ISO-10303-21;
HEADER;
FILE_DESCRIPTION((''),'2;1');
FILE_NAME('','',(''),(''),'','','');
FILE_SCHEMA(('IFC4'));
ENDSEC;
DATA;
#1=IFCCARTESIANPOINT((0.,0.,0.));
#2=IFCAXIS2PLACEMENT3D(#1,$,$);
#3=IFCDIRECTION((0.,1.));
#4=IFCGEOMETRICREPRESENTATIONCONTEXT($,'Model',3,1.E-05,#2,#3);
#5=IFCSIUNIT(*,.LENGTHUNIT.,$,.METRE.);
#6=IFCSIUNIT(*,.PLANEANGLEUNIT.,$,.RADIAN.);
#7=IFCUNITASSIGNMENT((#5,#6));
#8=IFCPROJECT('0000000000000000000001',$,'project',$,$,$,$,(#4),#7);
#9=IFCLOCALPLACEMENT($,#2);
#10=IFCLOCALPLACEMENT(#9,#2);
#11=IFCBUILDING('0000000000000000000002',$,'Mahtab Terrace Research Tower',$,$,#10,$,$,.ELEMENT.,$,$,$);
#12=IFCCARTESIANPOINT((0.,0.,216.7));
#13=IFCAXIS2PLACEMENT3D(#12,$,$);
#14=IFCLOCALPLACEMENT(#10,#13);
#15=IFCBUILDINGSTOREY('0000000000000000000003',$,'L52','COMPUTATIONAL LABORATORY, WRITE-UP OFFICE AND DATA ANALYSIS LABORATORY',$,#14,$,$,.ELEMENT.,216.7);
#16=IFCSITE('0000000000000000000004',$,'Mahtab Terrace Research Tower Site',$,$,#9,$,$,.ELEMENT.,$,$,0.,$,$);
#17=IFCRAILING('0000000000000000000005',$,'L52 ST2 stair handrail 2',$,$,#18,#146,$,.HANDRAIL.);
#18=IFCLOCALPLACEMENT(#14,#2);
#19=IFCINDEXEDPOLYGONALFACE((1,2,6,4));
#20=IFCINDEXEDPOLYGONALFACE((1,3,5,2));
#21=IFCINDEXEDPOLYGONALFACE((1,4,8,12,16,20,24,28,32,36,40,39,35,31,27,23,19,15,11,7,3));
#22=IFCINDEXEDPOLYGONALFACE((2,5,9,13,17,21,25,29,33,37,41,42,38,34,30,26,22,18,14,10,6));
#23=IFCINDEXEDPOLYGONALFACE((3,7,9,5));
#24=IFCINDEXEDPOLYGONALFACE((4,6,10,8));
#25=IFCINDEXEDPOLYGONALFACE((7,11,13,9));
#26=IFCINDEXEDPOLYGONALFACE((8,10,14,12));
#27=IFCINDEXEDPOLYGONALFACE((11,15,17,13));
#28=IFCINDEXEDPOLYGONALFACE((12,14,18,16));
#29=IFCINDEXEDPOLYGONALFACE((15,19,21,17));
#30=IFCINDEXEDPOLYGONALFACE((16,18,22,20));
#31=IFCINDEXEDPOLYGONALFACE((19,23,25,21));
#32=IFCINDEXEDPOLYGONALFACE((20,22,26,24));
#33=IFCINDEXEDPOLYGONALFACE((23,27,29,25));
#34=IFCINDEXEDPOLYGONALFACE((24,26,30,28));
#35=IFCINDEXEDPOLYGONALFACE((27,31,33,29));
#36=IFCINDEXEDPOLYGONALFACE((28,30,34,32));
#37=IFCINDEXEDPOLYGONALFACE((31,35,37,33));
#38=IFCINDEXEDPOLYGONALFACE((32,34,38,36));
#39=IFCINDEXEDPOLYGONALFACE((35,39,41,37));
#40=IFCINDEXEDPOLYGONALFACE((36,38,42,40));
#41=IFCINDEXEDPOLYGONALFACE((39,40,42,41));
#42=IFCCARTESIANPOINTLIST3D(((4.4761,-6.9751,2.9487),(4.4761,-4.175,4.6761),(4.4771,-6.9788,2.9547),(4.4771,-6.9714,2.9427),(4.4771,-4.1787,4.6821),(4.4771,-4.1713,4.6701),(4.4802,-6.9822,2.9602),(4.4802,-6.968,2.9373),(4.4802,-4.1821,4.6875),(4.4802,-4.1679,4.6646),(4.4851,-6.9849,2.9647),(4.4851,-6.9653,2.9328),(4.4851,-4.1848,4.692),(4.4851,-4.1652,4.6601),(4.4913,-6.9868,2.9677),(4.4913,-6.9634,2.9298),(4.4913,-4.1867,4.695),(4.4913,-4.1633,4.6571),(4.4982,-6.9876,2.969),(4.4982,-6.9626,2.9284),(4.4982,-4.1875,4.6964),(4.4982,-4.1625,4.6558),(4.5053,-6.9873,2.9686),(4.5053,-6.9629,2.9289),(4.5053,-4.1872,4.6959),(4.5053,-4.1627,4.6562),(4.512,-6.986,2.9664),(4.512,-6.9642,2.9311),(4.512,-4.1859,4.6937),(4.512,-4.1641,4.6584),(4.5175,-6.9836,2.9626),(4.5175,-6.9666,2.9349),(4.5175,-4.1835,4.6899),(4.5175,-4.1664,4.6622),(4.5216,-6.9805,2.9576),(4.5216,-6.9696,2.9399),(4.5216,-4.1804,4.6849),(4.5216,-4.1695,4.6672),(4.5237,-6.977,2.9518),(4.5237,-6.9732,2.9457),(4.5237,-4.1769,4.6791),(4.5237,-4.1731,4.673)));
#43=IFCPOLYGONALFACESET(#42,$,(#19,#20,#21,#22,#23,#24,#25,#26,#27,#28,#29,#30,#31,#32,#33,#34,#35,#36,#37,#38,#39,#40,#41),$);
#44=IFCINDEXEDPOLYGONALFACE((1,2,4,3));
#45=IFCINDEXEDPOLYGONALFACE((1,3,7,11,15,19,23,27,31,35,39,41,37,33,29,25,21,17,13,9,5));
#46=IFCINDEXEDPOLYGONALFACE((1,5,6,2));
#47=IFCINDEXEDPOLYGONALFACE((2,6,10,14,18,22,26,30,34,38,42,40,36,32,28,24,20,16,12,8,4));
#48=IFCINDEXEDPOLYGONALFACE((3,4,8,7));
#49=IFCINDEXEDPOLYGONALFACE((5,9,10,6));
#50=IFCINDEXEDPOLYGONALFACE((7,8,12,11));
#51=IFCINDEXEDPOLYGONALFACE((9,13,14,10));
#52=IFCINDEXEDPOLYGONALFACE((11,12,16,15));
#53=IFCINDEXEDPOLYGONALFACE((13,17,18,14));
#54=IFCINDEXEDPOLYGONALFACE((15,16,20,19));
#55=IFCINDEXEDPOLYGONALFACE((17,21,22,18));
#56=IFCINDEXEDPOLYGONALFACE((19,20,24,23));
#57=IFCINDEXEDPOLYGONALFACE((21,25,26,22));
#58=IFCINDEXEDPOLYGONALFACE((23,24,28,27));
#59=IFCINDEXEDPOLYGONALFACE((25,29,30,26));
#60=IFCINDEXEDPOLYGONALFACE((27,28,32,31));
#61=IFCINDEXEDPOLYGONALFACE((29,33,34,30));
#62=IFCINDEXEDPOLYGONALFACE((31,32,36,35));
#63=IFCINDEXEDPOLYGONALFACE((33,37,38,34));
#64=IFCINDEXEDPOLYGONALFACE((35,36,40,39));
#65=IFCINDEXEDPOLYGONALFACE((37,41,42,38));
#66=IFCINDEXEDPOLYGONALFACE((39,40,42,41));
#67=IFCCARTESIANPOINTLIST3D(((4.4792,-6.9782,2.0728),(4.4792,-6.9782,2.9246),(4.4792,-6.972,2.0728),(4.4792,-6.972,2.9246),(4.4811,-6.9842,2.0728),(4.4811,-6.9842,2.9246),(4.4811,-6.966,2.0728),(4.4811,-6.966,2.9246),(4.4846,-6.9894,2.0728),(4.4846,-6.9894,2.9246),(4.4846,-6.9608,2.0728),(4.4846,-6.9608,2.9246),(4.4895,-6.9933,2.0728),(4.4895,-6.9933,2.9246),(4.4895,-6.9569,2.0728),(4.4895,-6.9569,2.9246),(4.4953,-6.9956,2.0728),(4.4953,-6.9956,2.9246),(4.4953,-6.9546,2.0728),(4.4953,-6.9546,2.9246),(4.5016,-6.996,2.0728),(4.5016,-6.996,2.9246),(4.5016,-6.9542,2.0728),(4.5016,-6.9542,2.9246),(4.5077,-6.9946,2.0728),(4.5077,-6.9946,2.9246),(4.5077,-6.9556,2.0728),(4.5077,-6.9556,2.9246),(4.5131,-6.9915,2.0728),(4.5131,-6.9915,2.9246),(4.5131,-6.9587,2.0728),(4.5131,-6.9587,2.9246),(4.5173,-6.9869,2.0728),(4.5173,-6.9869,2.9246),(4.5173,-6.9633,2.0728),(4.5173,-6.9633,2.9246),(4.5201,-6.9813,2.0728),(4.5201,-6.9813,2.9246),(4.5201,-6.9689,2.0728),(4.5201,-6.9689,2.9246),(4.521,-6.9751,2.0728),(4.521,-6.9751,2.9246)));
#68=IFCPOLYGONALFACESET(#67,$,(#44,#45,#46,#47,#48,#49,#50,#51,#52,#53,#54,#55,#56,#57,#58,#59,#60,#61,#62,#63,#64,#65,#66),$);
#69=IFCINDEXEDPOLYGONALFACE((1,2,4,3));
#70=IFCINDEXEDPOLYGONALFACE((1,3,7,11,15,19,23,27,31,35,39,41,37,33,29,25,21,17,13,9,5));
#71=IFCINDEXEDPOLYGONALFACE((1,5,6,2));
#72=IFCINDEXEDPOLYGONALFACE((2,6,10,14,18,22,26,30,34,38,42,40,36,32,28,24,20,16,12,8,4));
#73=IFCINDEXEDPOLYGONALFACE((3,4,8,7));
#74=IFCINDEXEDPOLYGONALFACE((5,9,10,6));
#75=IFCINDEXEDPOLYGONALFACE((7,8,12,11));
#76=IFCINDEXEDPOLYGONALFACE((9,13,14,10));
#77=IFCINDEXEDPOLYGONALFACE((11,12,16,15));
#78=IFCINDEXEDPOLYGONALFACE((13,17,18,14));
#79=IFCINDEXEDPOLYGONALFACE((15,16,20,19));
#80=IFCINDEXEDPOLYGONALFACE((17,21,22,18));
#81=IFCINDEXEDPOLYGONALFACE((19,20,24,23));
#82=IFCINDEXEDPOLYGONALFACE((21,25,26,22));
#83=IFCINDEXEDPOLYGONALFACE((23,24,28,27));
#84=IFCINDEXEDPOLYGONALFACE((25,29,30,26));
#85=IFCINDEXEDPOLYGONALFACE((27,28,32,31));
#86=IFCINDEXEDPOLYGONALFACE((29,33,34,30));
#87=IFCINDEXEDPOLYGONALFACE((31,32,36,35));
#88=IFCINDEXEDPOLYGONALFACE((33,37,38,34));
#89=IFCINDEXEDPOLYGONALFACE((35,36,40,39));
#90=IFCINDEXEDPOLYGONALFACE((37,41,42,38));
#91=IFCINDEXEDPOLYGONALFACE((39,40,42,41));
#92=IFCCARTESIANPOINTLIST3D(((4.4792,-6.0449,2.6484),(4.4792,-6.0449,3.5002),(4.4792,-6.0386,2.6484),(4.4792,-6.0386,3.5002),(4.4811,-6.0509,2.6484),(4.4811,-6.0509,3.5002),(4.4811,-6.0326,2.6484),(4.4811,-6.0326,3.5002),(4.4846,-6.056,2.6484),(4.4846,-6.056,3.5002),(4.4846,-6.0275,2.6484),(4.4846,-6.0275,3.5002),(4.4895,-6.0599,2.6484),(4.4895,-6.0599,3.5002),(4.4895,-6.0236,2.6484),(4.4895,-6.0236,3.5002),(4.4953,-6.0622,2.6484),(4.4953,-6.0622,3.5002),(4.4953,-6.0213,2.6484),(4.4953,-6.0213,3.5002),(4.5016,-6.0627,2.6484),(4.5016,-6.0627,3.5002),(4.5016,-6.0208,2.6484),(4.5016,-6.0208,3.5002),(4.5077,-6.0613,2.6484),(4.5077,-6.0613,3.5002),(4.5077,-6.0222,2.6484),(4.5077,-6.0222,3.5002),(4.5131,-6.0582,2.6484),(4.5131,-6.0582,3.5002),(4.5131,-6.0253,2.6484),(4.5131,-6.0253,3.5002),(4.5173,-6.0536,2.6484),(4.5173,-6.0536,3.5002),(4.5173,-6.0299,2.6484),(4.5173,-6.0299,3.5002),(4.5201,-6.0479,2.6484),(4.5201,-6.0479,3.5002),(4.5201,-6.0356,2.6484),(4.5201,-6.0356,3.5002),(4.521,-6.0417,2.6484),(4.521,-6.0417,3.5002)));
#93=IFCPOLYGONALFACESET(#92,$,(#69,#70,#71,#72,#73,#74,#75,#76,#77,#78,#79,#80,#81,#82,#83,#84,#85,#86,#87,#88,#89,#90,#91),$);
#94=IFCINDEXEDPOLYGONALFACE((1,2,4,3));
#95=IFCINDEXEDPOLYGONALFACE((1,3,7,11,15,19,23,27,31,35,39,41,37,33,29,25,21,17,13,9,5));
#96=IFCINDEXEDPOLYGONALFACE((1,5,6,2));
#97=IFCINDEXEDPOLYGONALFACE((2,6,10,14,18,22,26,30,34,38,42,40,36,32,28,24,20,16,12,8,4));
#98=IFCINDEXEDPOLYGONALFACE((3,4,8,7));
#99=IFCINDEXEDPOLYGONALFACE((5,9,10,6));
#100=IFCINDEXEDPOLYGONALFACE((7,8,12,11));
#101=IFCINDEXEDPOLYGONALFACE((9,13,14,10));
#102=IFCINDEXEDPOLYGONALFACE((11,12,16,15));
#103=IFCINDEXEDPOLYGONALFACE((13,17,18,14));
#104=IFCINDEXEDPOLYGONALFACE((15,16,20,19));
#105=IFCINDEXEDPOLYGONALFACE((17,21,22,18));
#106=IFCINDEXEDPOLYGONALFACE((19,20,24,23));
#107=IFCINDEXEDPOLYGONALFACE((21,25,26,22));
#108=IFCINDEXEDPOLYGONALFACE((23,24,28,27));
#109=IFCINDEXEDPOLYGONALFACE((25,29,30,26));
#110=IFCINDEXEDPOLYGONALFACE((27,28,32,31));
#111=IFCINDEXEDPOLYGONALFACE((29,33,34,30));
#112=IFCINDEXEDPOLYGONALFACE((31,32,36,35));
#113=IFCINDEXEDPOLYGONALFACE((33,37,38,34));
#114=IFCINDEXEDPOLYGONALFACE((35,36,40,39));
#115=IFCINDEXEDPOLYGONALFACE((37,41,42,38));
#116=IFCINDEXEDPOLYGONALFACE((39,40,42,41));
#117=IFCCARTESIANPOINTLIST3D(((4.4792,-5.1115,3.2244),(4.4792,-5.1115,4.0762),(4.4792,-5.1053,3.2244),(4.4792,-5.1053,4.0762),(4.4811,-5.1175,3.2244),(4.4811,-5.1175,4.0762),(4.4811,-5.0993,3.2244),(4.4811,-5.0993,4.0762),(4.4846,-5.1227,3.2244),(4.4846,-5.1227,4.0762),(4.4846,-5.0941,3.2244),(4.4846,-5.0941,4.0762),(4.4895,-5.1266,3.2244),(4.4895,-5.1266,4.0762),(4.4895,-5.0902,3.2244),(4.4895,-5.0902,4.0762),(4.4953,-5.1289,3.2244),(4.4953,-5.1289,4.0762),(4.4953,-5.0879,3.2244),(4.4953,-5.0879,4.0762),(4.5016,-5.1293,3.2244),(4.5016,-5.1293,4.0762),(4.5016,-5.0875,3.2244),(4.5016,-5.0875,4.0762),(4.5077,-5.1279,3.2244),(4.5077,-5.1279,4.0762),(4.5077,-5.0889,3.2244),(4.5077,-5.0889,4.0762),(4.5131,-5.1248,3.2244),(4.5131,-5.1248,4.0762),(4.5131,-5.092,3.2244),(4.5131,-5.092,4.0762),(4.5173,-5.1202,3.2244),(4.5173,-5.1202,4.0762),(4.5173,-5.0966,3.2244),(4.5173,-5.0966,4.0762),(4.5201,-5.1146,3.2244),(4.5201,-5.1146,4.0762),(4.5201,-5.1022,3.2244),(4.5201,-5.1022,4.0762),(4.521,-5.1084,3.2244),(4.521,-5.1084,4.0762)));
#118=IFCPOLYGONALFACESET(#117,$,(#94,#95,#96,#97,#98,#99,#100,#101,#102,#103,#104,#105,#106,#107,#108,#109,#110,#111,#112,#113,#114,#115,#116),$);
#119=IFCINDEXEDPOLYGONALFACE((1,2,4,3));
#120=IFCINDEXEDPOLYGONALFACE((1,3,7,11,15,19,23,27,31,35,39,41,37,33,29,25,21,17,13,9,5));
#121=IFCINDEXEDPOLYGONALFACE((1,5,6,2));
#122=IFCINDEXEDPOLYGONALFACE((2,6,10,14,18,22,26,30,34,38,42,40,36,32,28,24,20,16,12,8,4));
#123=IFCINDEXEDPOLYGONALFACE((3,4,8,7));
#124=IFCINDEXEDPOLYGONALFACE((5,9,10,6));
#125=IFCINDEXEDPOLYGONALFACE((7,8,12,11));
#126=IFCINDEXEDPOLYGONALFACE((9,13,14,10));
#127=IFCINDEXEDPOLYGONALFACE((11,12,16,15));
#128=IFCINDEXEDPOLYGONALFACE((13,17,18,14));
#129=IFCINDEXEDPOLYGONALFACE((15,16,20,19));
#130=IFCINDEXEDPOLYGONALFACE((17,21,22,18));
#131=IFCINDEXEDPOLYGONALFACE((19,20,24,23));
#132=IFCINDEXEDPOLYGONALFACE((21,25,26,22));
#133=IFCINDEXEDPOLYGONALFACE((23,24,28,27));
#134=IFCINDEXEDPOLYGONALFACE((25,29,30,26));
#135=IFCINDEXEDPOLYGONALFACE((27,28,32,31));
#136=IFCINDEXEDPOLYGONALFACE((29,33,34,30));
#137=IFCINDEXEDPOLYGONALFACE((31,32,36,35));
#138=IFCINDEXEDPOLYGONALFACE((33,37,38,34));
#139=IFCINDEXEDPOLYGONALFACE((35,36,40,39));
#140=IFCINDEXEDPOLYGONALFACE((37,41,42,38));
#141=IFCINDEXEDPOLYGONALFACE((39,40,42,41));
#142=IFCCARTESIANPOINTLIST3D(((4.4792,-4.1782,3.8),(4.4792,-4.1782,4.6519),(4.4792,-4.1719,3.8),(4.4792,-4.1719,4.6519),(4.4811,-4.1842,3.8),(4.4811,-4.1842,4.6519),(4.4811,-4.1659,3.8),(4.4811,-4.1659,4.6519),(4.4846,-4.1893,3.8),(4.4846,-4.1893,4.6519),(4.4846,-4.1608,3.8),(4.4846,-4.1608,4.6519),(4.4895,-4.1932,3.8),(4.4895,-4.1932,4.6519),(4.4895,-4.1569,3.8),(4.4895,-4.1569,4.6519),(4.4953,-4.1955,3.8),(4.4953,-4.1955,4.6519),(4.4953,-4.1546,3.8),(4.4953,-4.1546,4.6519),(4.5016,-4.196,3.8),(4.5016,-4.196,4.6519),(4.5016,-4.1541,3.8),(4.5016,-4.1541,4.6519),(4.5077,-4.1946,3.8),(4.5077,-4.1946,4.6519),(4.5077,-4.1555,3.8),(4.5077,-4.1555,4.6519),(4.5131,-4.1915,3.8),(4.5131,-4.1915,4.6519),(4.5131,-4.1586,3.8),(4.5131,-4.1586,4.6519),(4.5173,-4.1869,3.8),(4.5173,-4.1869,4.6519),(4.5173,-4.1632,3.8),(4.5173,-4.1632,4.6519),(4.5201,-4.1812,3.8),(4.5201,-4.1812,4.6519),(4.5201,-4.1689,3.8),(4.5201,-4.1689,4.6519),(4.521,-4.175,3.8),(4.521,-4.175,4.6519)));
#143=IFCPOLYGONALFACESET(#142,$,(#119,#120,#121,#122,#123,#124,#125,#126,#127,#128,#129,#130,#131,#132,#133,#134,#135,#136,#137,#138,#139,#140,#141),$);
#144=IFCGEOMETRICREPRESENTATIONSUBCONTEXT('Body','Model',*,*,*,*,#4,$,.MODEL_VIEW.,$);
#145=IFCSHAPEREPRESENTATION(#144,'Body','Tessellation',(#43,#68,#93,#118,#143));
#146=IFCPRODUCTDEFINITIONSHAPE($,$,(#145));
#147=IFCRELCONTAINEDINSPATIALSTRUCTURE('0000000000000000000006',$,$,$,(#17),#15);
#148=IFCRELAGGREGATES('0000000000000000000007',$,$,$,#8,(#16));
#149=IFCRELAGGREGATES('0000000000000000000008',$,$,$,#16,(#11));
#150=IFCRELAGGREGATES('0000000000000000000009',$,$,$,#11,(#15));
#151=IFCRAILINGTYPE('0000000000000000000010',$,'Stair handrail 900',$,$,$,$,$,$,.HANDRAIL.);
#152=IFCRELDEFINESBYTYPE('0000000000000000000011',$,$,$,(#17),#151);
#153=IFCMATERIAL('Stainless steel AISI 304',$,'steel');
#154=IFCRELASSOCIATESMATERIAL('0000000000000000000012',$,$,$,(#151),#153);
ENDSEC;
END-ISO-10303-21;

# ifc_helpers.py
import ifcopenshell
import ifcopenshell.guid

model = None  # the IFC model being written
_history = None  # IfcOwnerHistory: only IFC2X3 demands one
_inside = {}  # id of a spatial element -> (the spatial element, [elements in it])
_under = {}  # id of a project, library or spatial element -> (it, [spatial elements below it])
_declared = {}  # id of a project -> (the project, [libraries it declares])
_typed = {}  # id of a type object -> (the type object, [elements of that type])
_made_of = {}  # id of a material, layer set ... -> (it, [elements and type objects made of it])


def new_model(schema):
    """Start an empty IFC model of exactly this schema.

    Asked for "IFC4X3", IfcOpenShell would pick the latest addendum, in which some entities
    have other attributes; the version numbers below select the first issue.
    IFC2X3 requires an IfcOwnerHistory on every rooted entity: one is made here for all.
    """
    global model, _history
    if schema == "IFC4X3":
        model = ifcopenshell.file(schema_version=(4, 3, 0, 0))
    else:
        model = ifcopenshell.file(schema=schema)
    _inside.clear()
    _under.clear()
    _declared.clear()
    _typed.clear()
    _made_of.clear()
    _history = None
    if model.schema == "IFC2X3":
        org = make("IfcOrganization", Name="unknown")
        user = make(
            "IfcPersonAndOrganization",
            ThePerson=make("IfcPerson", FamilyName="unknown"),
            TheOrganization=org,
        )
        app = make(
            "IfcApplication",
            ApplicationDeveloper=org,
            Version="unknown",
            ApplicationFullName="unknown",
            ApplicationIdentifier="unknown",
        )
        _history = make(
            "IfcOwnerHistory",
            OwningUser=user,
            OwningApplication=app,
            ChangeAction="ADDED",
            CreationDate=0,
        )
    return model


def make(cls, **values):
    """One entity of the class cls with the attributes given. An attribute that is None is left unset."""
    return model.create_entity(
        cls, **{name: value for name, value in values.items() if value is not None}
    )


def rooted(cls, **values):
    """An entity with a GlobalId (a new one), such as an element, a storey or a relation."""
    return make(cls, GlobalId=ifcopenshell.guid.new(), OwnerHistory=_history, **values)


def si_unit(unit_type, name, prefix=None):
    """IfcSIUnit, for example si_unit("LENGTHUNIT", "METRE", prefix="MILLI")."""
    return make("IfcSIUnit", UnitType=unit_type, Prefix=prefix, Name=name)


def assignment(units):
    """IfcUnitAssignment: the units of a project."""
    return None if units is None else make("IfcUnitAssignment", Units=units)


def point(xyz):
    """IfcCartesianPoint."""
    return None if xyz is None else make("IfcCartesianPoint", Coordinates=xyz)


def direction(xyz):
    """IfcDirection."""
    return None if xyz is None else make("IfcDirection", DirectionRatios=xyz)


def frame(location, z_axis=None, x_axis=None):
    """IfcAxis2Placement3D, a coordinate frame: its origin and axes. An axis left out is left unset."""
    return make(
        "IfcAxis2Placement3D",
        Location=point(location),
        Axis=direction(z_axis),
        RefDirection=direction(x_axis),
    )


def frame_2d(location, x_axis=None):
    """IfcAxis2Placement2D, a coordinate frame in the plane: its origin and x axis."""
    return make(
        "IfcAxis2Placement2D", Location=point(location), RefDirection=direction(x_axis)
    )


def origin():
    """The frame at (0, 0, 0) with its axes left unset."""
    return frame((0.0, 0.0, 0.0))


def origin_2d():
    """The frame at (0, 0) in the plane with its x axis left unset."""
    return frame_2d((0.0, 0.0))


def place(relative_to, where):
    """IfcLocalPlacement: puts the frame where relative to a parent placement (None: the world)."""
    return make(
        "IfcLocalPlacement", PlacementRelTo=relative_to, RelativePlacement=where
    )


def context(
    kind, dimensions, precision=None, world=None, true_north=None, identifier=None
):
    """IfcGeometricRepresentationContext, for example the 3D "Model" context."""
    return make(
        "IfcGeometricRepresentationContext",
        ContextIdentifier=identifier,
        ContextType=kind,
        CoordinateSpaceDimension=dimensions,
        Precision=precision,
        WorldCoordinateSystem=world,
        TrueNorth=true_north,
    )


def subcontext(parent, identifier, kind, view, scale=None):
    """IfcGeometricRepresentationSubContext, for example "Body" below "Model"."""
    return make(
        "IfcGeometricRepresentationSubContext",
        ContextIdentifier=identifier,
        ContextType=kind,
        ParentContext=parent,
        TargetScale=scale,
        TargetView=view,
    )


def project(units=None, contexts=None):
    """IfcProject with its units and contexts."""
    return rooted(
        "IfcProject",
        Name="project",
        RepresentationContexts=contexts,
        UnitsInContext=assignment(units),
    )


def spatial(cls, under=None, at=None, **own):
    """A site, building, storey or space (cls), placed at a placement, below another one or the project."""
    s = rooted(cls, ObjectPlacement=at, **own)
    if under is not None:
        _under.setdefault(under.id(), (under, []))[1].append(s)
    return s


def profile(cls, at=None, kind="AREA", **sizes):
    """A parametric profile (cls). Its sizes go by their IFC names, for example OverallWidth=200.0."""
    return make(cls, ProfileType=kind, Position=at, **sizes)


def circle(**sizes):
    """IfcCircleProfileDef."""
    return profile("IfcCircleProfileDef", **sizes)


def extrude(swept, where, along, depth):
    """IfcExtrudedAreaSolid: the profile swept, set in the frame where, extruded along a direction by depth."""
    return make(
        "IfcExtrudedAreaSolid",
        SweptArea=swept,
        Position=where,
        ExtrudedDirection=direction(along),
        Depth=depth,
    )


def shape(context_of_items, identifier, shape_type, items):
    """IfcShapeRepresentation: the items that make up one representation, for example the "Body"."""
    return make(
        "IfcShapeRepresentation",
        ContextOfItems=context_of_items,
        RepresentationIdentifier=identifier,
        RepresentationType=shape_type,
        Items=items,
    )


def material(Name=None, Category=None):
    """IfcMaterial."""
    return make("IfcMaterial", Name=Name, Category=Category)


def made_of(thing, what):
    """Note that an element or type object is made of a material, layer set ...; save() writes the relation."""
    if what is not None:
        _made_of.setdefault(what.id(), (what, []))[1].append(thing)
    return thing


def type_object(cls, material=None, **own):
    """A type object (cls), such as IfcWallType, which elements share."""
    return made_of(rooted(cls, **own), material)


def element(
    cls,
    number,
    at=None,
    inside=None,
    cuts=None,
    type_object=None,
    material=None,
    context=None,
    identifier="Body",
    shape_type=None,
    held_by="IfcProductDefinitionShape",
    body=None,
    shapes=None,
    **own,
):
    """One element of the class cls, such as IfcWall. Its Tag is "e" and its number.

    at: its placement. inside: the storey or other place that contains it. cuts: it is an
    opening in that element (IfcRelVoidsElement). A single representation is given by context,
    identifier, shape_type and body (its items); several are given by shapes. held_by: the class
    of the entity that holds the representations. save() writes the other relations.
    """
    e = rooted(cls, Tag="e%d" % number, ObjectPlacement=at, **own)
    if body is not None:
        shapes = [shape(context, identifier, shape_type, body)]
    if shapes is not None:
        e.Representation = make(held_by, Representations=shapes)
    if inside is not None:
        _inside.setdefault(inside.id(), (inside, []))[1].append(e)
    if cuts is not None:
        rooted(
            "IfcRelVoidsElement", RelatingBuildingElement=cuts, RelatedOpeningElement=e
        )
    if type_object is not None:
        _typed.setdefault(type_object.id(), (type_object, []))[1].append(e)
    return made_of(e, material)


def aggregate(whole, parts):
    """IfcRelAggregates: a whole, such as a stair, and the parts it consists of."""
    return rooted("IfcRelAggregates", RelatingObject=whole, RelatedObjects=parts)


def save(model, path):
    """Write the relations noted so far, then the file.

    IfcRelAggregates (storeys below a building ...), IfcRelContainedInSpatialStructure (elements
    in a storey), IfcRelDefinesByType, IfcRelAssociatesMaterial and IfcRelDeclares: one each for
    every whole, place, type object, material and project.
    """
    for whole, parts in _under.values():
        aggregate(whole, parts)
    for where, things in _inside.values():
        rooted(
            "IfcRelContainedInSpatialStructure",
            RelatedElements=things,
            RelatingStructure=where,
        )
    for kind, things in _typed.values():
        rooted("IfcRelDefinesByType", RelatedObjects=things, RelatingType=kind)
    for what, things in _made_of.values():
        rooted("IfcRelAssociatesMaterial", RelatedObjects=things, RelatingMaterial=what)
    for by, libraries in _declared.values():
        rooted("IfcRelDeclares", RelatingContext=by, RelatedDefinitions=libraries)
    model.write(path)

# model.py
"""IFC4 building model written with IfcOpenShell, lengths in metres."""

from ifc_helpers import new_model, si_unit, direction, frame, origin, origin_2d, place, context, subcontext, project, spatial, circle, extrude, material, type_object, element, save


model = new_model("IFC4")

# Units and contexts
model_context = context("Model", 3, precision=1e-05, world=origin(), true_north=direction((0.0, 1.0)))
body_context = subcontext(model_context, "Body", "Model", "MODEL_VIEW")
ifc_project = project(units=[si_unit("LENGTHUNIT", "METRE"), si_unit("PLANEANGLEUNIT", "RADIAN")], contexts=[model_context])

# Site, building, storey
site_placement = place(None, origin())
site = spatial("IfcSite", under=ifc_project, at=site_placement, Name="Mahtab Terrace Research Tower Site", CompositionType="ELEMENT", RefElevation=0.0)
building_placement = place(site_placement, origin())
building = spatial("IfcBuilding", under=site, at=building_placement, Name="Mahtab Terrace Research Tower", CompositionType="ELEMENT")
storey_placement = place(building_placement, frame((0.0, 0.0, 216.7)))
storey = spatial("IfcBuildingStorey", under=building, at=storey_placement, Name="L52", Description="COMPUTATIONAL LABORATORY, WRITE-UP OFFICE AND DATA ANALYSIS LABORATORY", CompositionType="ELEMENT", Elevation=216.7)

# Railing
ifc_material_1 = material(Name="Stainless steel AISI 304", Category="steel")
railing_type_1 = type_object("IfcRailingType", Name="Stair handrail 900", PredefinedType="HANDRAIL", material=ifc_material_1)
railing_1_placement = place(storey_placement, frame((4.5, -6.9751, 2.0728)))
element("IfcRailing", 1, at=railing_1_placement, inside=storey, type_object=railing_type_1, Name="L52 ST2 stair handrail 2", PredefinedType="HANDRAIL", context=body_context, shape_type="SweptSolid", body=[
    extrude(circle(Radius=0.0239, at=origin_2d()), frame((0.0, 0.0, 0.876), z_axis=(0.0, 0.85109, 0.52502), x_axis=(-1.0, 0.0, 0.0)), (0.0, 0.0, 1.0), 3.29),
    extrude(circle(Radius=0.021, at=origin_2d()), origin(), (0.0, 0.0, 1.0), 0.8518),
    extrude(circle(Radius=0.021, at=origin_2d()), frame((0.0, 0.9333, 0.5757)), (0.0, 0.0, 1.0), 0.8518),
    extrude(circle(Radius=0.021, at=origin_2d()), frame((0.0, 1.8667, 1.1516)), (0.0, 0.0, 1.0), 0.8518),
    extrude(circle(Radius=0.021, at=origin_2d()), frame((0.0, 2.8, 1.7273)), (0.0, 0.0, 1.0), 0.8518),
])

save(model, "model.ifc")
